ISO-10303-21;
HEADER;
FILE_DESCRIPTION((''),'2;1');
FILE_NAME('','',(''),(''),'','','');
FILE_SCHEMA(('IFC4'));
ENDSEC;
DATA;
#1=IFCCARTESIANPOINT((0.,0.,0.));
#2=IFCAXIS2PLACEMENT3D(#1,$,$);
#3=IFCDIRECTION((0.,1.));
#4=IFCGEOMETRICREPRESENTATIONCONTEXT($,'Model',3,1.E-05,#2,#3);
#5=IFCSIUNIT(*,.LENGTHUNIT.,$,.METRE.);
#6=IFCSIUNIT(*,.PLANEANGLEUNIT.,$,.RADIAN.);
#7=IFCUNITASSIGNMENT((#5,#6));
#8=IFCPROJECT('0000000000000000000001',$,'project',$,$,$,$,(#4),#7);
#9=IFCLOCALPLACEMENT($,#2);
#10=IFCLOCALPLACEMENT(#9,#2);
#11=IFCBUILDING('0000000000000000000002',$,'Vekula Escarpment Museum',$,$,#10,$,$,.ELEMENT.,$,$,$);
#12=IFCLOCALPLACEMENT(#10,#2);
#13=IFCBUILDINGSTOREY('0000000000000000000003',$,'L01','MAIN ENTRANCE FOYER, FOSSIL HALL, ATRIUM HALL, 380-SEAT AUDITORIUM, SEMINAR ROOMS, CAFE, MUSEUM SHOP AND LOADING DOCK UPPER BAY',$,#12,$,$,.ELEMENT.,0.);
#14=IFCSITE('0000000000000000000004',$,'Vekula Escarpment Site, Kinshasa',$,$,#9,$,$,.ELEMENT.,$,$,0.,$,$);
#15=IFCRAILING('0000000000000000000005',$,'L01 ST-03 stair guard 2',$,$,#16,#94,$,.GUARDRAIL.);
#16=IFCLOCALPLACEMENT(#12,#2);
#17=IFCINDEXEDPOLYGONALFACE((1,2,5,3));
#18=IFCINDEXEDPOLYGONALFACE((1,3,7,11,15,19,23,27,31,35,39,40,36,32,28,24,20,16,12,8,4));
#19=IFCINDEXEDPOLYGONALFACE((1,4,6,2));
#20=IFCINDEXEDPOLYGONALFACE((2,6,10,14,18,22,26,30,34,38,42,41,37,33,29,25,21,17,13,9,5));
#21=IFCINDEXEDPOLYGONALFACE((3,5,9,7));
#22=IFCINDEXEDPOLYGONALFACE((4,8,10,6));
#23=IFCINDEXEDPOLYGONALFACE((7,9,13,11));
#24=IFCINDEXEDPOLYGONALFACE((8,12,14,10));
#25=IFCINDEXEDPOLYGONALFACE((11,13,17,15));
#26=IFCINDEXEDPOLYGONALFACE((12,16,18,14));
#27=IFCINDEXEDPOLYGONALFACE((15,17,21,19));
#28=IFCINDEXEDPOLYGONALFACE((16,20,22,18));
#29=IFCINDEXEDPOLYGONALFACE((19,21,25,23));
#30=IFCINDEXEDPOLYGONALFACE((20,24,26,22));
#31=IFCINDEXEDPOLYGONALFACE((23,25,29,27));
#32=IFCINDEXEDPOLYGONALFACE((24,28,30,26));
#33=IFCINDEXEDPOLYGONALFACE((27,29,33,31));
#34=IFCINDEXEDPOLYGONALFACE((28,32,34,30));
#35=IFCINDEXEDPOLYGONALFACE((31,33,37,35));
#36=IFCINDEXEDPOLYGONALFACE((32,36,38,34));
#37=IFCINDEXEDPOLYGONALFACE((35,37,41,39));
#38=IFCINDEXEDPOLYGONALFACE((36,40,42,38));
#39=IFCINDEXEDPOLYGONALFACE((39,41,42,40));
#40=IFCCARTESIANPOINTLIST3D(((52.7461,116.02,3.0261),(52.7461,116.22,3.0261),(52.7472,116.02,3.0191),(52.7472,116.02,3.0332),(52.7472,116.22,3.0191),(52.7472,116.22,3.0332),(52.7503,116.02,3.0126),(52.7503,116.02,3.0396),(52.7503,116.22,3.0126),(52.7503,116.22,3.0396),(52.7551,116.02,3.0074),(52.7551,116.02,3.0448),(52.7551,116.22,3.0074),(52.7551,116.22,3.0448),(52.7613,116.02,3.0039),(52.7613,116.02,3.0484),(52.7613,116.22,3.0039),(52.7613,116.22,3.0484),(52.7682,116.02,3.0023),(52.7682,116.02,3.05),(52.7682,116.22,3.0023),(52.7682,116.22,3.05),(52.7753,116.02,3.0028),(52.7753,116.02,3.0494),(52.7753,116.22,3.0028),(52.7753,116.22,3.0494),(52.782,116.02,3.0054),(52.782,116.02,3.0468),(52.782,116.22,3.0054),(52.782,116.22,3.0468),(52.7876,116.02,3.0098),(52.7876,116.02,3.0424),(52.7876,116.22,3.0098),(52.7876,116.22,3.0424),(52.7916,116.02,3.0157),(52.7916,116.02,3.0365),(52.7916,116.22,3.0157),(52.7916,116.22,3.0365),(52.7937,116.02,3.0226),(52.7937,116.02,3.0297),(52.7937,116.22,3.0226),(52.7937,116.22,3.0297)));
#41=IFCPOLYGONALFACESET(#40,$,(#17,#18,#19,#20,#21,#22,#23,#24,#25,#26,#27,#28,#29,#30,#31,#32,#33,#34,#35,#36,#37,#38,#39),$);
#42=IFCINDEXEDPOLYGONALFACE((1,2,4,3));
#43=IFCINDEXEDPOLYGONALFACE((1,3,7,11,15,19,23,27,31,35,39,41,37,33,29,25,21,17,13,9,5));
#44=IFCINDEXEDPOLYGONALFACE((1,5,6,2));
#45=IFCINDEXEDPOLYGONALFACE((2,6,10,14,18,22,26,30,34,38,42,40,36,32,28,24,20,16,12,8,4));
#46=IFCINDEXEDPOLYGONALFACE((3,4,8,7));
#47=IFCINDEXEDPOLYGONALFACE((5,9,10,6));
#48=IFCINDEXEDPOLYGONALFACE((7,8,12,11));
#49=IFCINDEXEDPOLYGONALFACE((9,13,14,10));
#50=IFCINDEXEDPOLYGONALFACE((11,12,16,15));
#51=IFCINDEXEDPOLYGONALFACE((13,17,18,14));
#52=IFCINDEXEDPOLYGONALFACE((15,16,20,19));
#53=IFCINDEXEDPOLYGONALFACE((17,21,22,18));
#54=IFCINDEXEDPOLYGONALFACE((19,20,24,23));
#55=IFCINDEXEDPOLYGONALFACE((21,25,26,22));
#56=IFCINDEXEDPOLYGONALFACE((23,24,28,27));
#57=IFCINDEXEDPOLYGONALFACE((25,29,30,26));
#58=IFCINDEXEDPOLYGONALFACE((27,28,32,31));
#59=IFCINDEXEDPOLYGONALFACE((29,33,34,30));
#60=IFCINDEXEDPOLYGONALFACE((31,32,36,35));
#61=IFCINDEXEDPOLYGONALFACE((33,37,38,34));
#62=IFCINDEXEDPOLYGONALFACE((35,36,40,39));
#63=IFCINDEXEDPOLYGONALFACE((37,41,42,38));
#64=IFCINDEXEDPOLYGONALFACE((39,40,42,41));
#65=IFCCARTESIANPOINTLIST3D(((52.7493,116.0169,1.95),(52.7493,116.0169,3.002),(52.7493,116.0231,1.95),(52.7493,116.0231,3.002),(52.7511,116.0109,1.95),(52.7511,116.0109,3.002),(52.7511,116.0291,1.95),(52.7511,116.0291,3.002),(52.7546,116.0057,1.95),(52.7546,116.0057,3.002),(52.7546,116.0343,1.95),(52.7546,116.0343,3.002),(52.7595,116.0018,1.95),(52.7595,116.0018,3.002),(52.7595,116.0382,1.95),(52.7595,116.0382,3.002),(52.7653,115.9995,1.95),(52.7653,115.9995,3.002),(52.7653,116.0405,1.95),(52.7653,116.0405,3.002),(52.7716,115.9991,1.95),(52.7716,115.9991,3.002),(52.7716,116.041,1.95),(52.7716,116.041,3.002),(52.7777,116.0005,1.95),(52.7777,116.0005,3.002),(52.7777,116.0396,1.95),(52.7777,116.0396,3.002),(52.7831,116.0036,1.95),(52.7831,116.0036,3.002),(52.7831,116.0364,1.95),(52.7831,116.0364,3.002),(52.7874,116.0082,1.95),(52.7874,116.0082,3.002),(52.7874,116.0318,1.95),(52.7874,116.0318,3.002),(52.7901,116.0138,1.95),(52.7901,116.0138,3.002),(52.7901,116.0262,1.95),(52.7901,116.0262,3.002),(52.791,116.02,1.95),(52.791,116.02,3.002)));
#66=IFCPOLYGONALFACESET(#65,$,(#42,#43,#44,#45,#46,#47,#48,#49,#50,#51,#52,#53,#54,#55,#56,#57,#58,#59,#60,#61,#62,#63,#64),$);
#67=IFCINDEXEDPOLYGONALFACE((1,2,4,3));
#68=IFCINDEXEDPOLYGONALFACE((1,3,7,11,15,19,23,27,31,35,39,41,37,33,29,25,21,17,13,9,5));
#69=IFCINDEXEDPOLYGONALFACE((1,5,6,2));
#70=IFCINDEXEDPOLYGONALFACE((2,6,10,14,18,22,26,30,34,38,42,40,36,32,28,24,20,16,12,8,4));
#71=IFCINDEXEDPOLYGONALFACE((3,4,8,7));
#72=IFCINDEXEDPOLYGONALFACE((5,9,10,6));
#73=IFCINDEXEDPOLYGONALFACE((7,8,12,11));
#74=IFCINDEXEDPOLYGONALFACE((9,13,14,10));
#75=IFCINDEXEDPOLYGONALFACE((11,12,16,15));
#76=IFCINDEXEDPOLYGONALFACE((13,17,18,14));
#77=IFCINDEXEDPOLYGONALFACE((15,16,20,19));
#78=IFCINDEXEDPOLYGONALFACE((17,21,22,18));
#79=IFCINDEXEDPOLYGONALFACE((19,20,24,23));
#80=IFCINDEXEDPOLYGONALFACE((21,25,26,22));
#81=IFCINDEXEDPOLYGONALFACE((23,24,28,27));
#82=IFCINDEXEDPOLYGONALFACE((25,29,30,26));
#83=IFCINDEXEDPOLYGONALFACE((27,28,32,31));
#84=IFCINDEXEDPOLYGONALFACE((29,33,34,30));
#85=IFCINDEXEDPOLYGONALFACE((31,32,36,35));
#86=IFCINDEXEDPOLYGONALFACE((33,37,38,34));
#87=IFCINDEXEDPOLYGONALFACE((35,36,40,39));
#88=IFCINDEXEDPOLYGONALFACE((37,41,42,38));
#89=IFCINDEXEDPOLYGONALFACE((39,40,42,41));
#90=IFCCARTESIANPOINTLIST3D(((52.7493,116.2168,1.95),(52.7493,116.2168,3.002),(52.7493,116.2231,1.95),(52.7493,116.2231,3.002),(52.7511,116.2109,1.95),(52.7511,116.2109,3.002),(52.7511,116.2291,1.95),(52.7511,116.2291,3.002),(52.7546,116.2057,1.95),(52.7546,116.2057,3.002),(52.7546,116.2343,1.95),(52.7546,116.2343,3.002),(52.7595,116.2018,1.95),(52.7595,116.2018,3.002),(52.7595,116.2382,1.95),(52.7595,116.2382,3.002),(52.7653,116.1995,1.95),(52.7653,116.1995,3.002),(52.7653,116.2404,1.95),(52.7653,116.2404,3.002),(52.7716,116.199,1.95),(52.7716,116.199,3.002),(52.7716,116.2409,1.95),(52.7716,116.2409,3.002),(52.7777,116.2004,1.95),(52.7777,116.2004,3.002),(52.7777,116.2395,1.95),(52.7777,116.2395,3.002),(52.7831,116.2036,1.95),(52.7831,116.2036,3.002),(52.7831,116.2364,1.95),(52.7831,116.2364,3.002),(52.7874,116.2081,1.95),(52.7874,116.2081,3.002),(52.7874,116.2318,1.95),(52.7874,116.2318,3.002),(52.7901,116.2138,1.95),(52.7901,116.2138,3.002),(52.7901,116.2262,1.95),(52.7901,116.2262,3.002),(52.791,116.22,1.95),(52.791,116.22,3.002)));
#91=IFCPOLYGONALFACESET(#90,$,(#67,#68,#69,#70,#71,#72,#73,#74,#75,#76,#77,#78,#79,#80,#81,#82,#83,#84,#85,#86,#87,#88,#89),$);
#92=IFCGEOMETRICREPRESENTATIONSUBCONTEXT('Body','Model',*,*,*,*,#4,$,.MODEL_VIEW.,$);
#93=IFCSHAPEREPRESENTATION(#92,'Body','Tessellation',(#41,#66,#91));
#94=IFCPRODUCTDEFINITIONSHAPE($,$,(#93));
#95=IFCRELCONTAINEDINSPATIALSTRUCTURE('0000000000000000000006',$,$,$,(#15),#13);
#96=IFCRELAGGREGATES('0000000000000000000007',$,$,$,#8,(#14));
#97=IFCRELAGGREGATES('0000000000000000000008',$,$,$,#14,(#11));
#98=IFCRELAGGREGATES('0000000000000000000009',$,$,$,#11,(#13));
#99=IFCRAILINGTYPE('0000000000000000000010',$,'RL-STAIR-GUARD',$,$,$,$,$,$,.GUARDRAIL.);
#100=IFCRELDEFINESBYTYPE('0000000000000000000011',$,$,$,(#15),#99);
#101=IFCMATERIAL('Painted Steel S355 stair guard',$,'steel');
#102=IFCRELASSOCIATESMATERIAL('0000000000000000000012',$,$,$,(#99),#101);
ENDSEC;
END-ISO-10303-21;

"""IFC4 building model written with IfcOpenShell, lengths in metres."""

from ifc_helpers import new_model, si_unit, direction, frame, origin, origin_2d, place, context, subcontext, project, spatial, circle, extrude, material, type_object, element, save


model = new_model("IFC4")

# Units and contexts
model_context = context("Model", 3, precision=1e-05, world=origin(), true_north=direction((0.0, 1.0)))
body_context = subcontext(model_context, "Body", "Model", "MODEL_VIEW")
ifc_project = project(units=[si_unit("LENGTHUNIT", "METRE"), si_unit("PLANEANGLEUNIT", "RADIAN")], contexts=[model_context])

# Site, building, storey
site_placement = place(None, origin())
site = spatial("IfcSite", under=ifc_project, at=site_placement, Name="Vekula Escarpment Site, Kinshasa", CompositionType="ELEMENT", RefElevation=0.0)
building_placement = place(site_placement, origin())
building = spatial("IfcBuilding", under=site, at=building_placement, Name="Vekula Escarpment Museum", CompositionType="ELEMENT")
storey_placement = place(building_placement, origin())
storey = spatial("IfcBuildingStorey", under=building, at=storey_placement, Name="L01", Description="MAIN ENTRANCE FOYER, FOSSIL HALL, ATRIUM HALL, 380-SEAT AUDITORIUM, SEMINAR ROOMS, CAFE, MUSEUM SHOP AND LOADING DOCK UPPER BAY", CompositionType="ELEMENT", Elevation=0.0)

# Railing
ifc_material_1 = material(Name="Painted Steel S355 stair guard", Category="steel")
railing_type_1 = type_object("IfcRailingType", Name="RL-STAIR-GUARD", PredefinedType="GUARDRAIL", material=ifc_material_1)
railing_1_placement = place(storey_placement, frame((52.77, 116.02, 1.95)))
element("IfcRailing", 1, at=railing_1_placement, inside=storey, type_object=railing_type_1, Name="L01 ST-03 stair guard 2", PredefinedType="GUARDRAIL", context=body_context, shape_type="SweptSolid", body=[
    extrude(circle(Radius=0.0239, at=origin_2d()), frame((0.0, 0.0, 1.0762), z_axis=(0.0, 1.0, 0.0), x_axis=(-1.0, 0.0, 0.0)), (0.0, 0.0, 1.0), 0.2),
    extrude(circle(Radius=0.021, at=origin_2d()), origin(), (0.0, 0.0, 1.0), 1.052),
    extrude(circle(Radius=0.021, at=origin_2d()), frame((0.0, 0.2, 0.0)), (0.0, 0.0, 1.0), 1.052),
])

save(model, "model.ifc")
